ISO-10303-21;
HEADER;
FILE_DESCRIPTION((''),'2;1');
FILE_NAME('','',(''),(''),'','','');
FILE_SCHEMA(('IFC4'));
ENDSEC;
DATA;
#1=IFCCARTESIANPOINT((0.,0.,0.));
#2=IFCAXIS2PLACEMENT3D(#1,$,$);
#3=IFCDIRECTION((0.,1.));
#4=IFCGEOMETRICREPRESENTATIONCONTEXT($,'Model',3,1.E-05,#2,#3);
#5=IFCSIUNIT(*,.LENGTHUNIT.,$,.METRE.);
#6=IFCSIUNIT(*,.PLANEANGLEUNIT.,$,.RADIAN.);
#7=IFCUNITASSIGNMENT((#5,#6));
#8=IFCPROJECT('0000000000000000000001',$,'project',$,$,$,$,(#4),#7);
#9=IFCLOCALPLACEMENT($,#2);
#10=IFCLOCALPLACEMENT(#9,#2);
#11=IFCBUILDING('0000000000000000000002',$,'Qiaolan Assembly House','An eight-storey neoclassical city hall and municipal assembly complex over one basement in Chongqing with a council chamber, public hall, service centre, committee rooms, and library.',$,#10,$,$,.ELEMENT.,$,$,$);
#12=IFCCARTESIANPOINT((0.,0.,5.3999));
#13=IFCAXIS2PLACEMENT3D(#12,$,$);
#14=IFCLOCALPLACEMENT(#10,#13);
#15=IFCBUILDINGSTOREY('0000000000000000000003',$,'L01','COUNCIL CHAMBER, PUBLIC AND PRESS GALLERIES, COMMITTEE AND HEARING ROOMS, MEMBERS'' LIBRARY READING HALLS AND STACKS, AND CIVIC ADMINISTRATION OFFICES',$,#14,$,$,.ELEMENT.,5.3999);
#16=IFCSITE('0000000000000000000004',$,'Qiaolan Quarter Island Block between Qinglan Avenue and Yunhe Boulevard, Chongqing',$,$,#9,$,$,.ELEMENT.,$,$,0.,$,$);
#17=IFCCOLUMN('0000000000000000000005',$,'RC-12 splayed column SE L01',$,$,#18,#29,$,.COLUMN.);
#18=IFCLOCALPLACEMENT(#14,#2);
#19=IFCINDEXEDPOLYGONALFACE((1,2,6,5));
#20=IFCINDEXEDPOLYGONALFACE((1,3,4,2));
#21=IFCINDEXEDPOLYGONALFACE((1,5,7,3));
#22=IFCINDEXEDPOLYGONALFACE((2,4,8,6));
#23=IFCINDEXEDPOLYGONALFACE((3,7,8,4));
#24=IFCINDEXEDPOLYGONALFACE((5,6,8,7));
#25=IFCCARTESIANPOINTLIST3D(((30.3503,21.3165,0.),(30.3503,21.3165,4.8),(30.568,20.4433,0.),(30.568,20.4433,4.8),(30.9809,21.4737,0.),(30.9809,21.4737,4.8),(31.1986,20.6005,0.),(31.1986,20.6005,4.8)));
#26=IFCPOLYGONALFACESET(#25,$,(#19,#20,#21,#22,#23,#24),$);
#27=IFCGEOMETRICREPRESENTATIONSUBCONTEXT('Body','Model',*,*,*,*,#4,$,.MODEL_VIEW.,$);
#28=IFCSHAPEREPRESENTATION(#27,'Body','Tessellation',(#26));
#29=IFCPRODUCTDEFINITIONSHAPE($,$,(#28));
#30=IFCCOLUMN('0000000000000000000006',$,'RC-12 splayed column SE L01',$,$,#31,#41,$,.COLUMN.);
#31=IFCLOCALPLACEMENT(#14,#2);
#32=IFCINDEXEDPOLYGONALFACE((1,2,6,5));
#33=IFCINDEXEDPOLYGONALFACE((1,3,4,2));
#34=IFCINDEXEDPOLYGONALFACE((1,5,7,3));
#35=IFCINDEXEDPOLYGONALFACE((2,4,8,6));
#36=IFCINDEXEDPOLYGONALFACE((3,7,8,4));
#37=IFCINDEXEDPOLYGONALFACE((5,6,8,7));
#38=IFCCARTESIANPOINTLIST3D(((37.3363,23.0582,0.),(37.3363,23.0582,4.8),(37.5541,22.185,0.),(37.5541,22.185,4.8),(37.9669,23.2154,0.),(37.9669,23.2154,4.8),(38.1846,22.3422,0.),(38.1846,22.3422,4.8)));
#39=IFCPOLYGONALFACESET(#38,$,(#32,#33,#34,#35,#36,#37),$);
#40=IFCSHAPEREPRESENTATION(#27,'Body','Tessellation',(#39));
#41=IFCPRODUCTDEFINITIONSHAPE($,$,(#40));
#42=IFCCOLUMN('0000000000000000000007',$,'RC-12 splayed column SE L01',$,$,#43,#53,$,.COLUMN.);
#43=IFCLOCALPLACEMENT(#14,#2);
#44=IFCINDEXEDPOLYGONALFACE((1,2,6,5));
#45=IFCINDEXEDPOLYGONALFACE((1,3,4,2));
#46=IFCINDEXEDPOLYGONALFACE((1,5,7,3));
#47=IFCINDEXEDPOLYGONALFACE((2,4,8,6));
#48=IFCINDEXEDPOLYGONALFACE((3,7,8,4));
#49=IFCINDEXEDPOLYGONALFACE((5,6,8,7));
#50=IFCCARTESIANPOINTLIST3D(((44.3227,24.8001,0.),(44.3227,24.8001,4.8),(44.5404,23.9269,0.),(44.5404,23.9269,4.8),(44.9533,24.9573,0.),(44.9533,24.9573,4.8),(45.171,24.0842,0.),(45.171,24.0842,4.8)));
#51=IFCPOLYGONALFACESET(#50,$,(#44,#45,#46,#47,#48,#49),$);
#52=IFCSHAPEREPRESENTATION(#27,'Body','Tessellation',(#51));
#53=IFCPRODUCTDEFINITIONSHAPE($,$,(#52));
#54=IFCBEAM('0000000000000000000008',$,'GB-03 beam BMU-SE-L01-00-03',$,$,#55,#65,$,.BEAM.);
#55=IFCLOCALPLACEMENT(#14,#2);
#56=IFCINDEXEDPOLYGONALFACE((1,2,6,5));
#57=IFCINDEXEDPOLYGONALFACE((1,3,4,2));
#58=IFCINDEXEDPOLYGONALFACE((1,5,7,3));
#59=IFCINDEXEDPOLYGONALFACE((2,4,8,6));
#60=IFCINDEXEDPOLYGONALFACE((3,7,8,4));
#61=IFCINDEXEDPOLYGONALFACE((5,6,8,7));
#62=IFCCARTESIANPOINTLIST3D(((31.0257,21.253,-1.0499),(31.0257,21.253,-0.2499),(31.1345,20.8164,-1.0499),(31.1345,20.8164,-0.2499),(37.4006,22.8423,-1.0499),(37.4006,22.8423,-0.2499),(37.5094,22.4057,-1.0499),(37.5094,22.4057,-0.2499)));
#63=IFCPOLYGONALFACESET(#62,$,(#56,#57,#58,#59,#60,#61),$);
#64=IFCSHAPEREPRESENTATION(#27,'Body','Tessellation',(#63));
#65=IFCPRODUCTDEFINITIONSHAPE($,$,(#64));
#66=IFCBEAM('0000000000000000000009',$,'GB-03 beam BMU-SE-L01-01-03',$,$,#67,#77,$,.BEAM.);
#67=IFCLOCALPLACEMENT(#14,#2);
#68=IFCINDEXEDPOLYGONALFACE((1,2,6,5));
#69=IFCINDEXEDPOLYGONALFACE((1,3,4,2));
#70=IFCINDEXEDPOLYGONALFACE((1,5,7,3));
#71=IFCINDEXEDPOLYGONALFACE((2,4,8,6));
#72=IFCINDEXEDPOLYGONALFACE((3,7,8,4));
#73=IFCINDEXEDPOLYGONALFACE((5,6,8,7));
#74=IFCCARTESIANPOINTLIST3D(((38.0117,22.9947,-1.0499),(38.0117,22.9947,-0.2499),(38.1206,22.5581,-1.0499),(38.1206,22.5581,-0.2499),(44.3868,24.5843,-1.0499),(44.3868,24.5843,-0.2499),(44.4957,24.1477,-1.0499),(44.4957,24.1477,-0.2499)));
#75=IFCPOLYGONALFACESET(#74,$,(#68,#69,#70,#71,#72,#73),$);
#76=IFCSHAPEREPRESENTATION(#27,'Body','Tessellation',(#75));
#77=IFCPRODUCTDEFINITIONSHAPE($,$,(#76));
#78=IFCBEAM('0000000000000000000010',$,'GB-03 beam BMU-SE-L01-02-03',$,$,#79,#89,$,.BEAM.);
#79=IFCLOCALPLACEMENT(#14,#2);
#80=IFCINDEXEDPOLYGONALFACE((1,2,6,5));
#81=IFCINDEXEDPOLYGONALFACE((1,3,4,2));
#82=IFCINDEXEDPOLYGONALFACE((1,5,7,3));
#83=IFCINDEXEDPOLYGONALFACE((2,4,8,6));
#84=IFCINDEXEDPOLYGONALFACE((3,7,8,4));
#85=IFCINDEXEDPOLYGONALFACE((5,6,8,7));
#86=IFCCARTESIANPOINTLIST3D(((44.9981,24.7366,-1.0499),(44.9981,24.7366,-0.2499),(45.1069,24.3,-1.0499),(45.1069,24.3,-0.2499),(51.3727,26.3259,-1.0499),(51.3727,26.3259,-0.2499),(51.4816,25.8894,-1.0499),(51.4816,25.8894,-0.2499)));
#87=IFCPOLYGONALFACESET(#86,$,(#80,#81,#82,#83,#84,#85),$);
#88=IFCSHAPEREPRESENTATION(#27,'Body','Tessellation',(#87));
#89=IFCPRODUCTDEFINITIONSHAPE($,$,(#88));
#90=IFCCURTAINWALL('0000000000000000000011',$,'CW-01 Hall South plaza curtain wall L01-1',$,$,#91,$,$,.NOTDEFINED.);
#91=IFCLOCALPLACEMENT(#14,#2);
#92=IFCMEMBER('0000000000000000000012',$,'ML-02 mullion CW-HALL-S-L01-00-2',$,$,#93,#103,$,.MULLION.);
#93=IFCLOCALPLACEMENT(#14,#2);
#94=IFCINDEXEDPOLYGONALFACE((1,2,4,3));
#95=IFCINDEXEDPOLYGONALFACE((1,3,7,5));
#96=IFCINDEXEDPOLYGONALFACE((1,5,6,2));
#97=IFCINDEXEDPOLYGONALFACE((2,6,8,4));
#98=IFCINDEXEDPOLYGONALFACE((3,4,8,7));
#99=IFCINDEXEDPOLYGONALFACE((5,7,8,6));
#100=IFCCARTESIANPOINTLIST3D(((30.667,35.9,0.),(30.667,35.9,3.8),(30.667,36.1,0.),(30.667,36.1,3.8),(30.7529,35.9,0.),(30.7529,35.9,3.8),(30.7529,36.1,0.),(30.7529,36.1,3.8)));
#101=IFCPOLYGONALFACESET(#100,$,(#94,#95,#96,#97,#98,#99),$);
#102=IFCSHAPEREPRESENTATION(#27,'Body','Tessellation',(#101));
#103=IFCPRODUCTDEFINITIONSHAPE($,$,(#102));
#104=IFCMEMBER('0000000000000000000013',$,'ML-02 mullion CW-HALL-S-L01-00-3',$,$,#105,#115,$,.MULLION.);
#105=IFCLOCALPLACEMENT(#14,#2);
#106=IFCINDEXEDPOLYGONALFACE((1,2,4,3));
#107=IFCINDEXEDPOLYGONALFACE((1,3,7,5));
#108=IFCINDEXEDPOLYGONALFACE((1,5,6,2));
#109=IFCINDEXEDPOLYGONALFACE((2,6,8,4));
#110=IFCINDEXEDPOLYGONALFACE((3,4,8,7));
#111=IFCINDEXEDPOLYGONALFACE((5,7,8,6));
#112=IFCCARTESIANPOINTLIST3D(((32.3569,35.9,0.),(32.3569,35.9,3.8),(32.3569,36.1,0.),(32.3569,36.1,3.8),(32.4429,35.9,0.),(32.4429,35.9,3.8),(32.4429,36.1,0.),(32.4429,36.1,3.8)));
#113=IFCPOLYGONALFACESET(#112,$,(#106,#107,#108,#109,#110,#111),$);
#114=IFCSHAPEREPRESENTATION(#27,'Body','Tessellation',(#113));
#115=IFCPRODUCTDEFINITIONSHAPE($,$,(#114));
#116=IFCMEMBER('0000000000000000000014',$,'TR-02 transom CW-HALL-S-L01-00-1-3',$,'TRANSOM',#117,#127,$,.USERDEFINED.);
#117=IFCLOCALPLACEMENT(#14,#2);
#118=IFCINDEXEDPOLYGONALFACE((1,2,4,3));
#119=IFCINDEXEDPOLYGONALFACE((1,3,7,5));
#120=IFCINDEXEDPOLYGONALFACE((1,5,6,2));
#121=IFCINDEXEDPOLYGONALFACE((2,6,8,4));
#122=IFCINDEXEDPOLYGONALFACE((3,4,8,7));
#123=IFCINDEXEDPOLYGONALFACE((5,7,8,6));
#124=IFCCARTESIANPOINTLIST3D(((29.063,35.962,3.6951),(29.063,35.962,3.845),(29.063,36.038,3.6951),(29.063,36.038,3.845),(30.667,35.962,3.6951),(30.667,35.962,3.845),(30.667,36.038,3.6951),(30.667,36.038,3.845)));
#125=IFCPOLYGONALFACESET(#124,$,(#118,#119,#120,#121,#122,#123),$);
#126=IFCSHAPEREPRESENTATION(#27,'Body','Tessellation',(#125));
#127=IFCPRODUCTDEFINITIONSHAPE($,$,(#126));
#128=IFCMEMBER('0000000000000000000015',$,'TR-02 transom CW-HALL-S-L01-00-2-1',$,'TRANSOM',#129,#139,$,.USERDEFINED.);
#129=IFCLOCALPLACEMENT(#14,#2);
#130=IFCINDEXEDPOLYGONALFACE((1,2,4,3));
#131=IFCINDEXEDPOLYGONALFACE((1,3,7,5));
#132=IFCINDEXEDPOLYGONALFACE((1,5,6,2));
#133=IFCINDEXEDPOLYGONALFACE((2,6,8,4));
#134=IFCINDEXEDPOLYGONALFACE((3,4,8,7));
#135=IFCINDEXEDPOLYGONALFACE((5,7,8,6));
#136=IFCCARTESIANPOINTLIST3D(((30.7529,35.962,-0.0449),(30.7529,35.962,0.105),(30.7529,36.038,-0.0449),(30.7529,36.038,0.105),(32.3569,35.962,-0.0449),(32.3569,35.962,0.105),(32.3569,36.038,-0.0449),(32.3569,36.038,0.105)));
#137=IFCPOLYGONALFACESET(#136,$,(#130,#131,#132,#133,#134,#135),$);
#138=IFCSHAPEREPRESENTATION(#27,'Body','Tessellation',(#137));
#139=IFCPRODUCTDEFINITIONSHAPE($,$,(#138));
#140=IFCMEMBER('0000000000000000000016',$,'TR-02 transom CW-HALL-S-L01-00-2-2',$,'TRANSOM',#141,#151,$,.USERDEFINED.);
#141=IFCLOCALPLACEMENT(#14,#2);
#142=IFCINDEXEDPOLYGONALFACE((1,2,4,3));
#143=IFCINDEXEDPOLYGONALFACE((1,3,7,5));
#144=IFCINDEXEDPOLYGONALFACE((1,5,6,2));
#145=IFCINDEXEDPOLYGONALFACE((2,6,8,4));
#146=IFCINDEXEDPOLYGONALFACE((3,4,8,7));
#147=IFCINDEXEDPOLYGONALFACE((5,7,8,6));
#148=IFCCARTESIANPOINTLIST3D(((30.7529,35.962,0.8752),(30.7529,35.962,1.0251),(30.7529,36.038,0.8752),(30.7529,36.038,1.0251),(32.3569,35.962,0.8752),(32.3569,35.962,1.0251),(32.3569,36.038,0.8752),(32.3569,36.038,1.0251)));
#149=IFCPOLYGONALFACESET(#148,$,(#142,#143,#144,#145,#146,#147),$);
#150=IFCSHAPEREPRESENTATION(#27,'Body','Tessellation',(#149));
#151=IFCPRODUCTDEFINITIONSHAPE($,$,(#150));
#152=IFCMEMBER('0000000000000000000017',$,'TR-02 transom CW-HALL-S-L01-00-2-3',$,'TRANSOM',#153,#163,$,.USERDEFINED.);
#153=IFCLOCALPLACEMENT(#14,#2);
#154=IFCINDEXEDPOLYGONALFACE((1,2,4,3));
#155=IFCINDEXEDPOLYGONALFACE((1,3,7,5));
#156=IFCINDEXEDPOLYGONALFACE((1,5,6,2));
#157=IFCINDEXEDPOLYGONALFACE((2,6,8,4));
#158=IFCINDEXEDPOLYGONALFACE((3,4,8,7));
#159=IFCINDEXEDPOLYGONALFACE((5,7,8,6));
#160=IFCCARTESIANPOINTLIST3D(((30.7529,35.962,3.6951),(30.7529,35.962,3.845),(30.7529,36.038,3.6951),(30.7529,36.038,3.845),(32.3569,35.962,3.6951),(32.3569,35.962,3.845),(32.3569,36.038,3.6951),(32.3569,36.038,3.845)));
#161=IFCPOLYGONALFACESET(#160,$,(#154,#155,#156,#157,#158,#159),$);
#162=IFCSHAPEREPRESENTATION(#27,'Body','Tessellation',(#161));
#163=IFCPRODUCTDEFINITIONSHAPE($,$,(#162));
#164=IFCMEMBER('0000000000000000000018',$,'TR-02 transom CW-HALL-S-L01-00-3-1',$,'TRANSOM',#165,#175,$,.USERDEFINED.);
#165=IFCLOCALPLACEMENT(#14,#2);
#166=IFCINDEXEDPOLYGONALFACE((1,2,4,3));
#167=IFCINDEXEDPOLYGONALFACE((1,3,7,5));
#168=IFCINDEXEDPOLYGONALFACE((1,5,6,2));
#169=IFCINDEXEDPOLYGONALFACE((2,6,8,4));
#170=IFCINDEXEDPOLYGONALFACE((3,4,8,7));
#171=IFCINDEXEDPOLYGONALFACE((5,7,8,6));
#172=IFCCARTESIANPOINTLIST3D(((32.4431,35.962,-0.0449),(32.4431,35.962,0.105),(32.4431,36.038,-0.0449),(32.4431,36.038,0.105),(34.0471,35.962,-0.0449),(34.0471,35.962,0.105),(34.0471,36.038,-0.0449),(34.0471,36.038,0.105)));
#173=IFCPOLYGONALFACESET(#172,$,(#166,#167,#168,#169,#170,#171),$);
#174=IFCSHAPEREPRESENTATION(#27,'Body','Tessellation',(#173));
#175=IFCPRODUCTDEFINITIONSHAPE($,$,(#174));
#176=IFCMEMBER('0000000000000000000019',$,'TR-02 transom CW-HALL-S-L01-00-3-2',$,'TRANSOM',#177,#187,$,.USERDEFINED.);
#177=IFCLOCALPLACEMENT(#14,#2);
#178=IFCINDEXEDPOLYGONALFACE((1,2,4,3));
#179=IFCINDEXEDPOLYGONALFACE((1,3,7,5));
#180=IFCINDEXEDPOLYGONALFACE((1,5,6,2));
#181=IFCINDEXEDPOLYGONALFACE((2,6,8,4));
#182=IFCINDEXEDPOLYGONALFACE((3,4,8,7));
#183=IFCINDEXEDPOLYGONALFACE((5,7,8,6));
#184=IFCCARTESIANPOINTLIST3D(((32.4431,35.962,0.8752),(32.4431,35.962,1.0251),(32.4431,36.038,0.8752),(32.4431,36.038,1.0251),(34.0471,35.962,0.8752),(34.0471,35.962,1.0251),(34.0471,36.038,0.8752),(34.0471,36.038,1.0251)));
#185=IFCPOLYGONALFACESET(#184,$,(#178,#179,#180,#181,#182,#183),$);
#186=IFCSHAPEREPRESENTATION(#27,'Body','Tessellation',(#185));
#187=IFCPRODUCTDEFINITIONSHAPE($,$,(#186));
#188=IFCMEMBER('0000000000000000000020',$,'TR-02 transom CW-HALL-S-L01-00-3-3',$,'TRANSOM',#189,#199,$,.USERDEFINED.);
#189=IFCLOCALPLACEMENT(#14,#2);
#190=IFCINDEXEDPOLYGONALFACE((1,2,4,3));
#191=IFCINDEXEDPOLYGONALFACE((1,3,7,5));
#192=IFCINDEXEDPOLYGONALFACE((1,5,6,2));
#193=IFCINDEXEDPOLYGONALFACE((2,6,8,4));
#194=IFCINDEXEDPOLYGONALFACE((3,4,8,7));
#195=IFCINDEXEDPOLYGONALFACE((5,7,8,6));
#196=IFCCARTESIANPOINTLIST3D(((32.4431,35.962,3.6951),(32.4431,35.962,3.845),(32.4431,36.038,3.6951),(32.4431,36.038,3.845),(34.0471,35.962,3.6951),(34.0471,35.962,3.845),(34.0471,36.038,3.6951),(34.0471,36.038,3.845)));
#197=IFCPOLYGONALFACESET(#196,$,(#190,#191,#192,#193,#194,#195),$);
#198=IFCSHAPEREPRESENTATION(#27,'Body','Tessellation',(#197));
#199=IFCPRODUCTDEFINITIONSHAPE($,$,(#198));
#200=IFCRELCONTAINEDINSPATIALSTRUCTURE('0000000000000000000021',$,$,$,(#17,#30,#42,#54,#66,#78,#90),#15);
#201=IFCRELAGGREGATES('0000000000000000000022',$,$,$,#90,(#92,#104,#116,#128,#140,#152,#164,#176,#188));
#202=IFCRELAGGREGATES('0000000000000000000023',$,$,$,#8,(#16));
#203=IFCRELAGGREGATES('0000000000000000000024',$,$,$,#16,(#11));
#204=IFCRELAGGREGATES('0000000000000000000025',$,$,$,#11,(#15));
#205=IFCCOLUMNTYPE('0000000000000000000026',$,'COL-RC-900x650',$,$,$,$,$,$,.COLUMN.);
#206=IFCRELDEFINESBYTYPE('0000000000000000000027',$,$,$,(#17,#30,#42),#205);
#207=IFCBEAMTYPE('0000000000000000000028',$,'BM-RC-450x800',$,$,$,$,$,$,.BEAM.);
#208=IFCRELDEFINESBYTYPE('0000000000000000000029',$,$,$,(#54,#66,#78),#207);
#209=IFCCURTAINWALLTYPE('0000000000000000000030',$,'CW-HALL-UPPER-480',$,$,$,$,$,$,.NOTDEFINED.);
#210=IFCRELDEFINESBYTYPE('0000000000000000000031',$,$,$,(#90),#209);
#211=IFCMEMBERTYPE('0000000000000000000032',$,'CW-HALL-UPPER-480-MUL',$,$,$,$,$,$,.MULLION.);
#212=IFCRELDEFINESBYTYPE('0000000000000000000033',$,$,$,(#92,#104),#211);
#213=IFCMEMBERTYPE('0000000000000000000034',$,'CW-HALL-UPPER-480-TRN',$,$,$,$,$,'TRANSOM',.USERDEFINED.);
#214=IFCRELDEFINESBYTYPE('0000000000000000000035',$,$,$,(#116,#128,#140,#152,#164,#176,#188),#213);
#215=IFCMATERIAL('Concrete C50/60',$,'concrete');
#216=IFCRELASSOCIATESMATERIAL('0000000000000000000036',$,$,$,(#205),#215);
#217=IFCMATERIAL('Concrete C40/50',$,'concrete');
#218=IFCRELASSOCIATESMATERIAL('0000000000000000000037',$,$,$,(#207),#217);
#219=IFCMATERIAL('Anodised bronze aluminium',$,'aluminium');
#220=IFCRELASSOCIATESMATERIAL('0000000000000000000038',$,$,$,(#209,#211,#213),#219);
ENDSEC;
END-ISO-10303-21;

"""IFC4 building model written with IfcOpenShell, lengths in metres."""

from ifc_helpers import new_model, si_unit, direction, frame, origin, origin_2d, place, context, subcontext, project, spatial, rectangle, extrude, material, material_profile, profile_set, type_object, element, aggregate, save


model = new_model("IFC4")

# Units and contexts
model_context = context("Model", 3, precision=1e-05, world=origin(), true_north=direction((0.0, 1.0)))
body_context = subcontext(model_context, "Body", "Model", "MODEL_VIEW")
ifc_project = project(units=[si_unit("LENGTHUNIT", "METRE"), si_unit("PLANEANGLEUNIT", "RADIAN")], contexts=[model_context])

# Site, building, storey
site_placement = place(None, origin())
site = spatial("IfcSite", under=ifc_project, at=site_placement, Name="Qiaolan Quarter Island Block between Qinglan Avenue and Yunhe Boulevard, Chongqing", CompositionType="ELEMENT", RefElevation=0.0)
building_placement = place(site_placement, origin())
building = spatial("IfcBuilding", under=site, at=building_placement, Name="Qiaolan Assembly House", Description="An eight-storey neoclassical city hall and municipal assembly complex over one basement in Chongqing with a council chamber, public hall, service centre, committee rooms, and library.", CompositionType="ELEMENT")
storey_placement = place(building_placement, frame((0.0, 0.0, 5.3999)))
storey = spatial("IfcBuildingStorey", under=building, at=storey_placement, Name="L01", Description="COUNCIL CHAMBER, PUBLIC AND PRESS GALLERIES, COMMITTEE AND HEARING ROOMS, MEMBERS' LIBRARY READING HALLS AND STACKS, AND CIVIC ADMINISTRATION OFFICES", CompositionType="ELEMENT", Elevation=5.3999)

# Columns
ifc_material_1 = material(Name="Concrete C50/60", Category="concrete")
ifc_material_profile_1 = material_profile(ifc_material_1, rectangle(XDim=0.6499, YDim=0.8999, at=origin_2d()), Name="RC 900x650")
ifc_profile_set_1 = profile_set([ifc_material_profile_1], Name="Concrete C50/60")
column_type = type_object("IfcColumnType", Name="COL-RC-900x650", PredefinedType="COLUMN", material=ifc_profile_set_1)
for number, where, z_axis, x_axis, name in (
    (1, (30.7744, 20.9585, 0.0), (0.0, 0.0, 1.0), (0.970296, 0.241922, 0.0), "RC-12 splayed column SE L01"),
    (2, (37.7605, 22.7002, 0.0), (0.0, 0.0, 1.0), (0.970296, 0.241922, 0.0), "RC-12 splayed column SE L01"),
    (3, (44.7468, 24.4421, 0.0), (0.0, 0.0, 1.0), (0.970296, 0.241922, 0.0), "RC-12 splayed column SE L01"),
):
    element("IfcColumn", number, at=place(storey_placement, frame(where, z_axis=z_axis, x_axis=x_axis)), inside=storey, type_object=column_type, Name=name, PredefinedType="COLUMN", context=body_context, shape_type="SweptSolid", body=[
        extrude(rectangle(XDim=0.6499, YDim=0.8999, at=origin_2d()), origin(), (0.0, 0.0, 1.0), 4.8),
    ])

# Beams
ifc_material_2 = material(Name="Concrete C40/50", Category="concrete")
ifc_material_profile_2 = material_profile(ifc_material_2, rectangle(XDim=0.45, YDim=0.8, at=origin_2d()), Name="RCB 450x800")
ifc_profile_set_2 = profile_set([ifc_material_profile_2], Name="Concrete C40/50")
beam_type_1 = type_object("IfcBeamType", Name="BM-RC-450x800", PredefinedType="BEAM", material=ifc_profile_set_2)
beam_1_placement = place(storey_placement, frame((31.0801, 21.0347, -0.6499), z_axis=(0.9703, 0.241906, 0.0), x_axis=(-0.241906, 0.9703, 0.0)))
element("IfcBeam", 4, at=beam_1_placement, inside=storey, type_object=beam_type_1, Name="GB-03 beam BMU-SE-L01-00-03", PredefinedType="BEAM", context=body_context, shape_type="SweptSolid", body=[
    extrude(rectangle(XDim=0.45, YDim=0.8, at=origin_2d()), origin(), (0.0, 0.0, 1.0), 6.5701),
])
beam_2_placement = place(storey_placement, frame((38.0662, 22.7764, -0.6499), z_axis=(0.970291, 0.241941, 0.0), x_axis=(-0.241941, 0.970291, 0.0)))
element("IfcBeam", 5, at=beam_2_placement, inside=storey, type_object=beam_type_1, Name="GB-03 beam BMU-SE-L01-01-03", PredefinedType="BEAM", context=body_context, shape_type="SweptSolid", body=[
    extrude(rectangle(XDim=0.45, YDim=0.8, at=origin_2d()), origin(), (0.0, 0.0, 1.0), 6.5703),
])
beam_3_placement = place(storey_placement, frame((45.0525, 24.5183, -0.6499), z_axis=(0.970298, 0.241915, 0.0), x_axis=(-0.241915, 0.970298, 0.0)))
element("IfcBeam", 6, at=beam_3_placement, inside=storey, type_object=beam_type_1, Name="GB-03 beam BMU-SE-L01-02-03", PredefinedType="BEAM", context=body_context, shape_type="SweptSolid", body=[
    extrude(rectangle(XDim=0.45, YDim=0.8, at=origin_2d()), origin(), (0.0, 0.0, 1.0), 6.5698),
])

# Curtain wall, members
ifc_material_3 = material(Name="Anodised bronze aluminium", Category="aluminium")
curtain_wall_type = type_object("IfcCurtainWallType", Name="CW-HALL-UPPER-480", PredefinedType="NOTDEFINED", material=ifc_material_3)
curtain_wall_placement = place(storey_placement, origin())
curtain_wall = element("IfcCurtainWall", 7, at=curtain_wall_placement, inside=storey, type_object=curtain_wall_type, Name="CW-01 Hall South plaza curtain wall L01-1", PredefinedType="NOTDEFINED")
ifc_material_profile_3 = material_profile(ifc_material_3, rectangle(XDim=0.0859, YDim=0.2, at=origin_2d()), Name="MUL 86x200")
ifc_profile_set_3 = profile_set([ifc_material_profile_3], Name="Anodised bronze aluminium")
member_type_1 = type_object("IfcMemberType", Name="CW-HALL-UPPER-480-MUL", PredefinedType="MULLION", material=ifc_profile_set_3)
member_1_placement = place(storey_placement, frame((30.71, 36.0, 0.0), z_axis=(0.0, 0.0, 1.0), x_axis=(1.0, 0.0, 0.0)))
member_1 = element("IfcMember", 8, at=member_1_placement, type_object=member_type_1, Name="ML-02 mullion CW-HALL-S-L01-00-2", PredefinedType="MULLION", context=body_context, shape_type="SweptSolid", body=[
    extrude(rectangle(XDim=0.0859, YDim=0.2, at=origin_2d()), origin(), (0.0, 0.0, 1.0), 3.8),
])
member_2_placement = place(storey_placement, frame((32.3999, 36.0, 0.0), z_axis=(0.0, 0.0, 1.0), x_axis=(1.0, 0.0, 0.0)))
member_2 = element("IfcMember", 9, at=member_2_placement, type_object=member_type_1, Name="ML-02 mullion CW-HALL-S-L01-00-3", PredefinedType="MULLION", context=body_context, shape_type="SweptSolid", body=[
    extrude(rectangle(XDim=0.0859, YDim=0.2, at=origin_2d()), origin(), (0.0, 0.0, 1.0), 3.8),
])
ifc_material_profile_4 = material_profile(ifc_material_3, rectangle(XDim=0.0759, YDim=0.1499, at=origin_2d()), Name="TRN 76x150")
ifc_profile_set_4 = profile_set([ifc_material_profile_4], Name="Anodised bronze aluminium")
member_type_2 = type_object("IfcMemberType", Name="CW-HALL-UPPER-480-TRN", ElementType="TRANSOM", PredefinedType="USERDEFINED", material=ifc_profile_set_4)
member_3_placement = place(storey_placement, frame((29.063, 36.0, 3.77), z_axis=(1.0, 0.0, 0.0), x_axis=(0.0, 1.0, 0.0)))
member_3 = element("IfcMember", 10, at=member_3_placement, type_object=member_type_2, Name="TR-02 transom CW-HALL-S-L01-00-1-3", ObjectType="TRANSOM", PredefinedType="USERDEFINED", context=body_context, shape_type="SweptSolid", body=[
    extrude(rectangle(XDim=0.0759, YDim=0.1499, at=origin_2d()), origin(), (0.0, 0.0, 1.0), 1.604),
])
member_4_placement = place(storey_placement, frame((30.7529, 36.0, 0.03), z_axis=(1.0, 0.0, 0.0), x_axis=(0.0, 1.0, 0.0)))
member_4 = element("IfcMember", 11, at=member_4_placement, type_object=member_type_2, Name="TR-02 transom CW-HALL-S-L01-00-2-1", ObjectType="TRANSOM", PredefinedType="USERDEFINED", context=body_context, shape_type="SweptSolid", body=[
    extrude(rectangle(XDim=0.0759, YDim=0.1499, at=origin_2d()), origin(), (0.0, 0.0, 1.0), 1.604),
])
member_5_placement = place(storey_placement, frame((30.7529, 36.0, 0.9502), z_axis=(1.0, 0.0, 0.0), x_axis=(0.0, 1.0, 0.0)))
member_5 = element("IfcMember", 12, at=member_5_placement, type_object=member_type_2, Name="TR-02 transom CW-HALL-S-L01-00-2-2", ObjectType="TRANSOM", PredefinedType="USERDEFINED", context=body_context, shape_type="SweptSolid", body=[
    extrude(rectangle(XDim=0.0759, YDim=0.1499, at=origin_2d()), origin(), (0.0, 0.0, 1.0), 1.604),
])
member_6_placement = place(storey_placement, frame((30.7529, 36.0, 3.77), z_axis=(1.0, 0.0, 0.0), x_axis=(0.0, 1.0, 0.0)))
member_6 = element("IfcMember", 13, at=member_6_placement, type_object=member_type_2, Name="TR-02 transom CW-HALL-S-L01-00-2-3", ObjectType="TRANSOM", PredefinedType="USERDEFINED", context=body_context, shape_type="SweptSolid", body=[
    extrude(rectangle(XDim=0.0759, YDim=0.1499, at=origin_2d()), origin(), (0.0, 0.0, 1.0), 1.604),
])
member_7_placement = place(storey_placement, frame((32.4431, 36.0, 0.03), z_axis=(1.0, 0.0, 0.0), x_axis=(0.0, 1.0, 0.0)))
member_7 = element("IfcMember", 14, at=member_7_placement, type_object=member_type_2, Name="TR-02 transom CW-HALL-S-L01-00-3-1", ObjectType="TRANSOM", PredefinedType="USERDEFINED", context=body_context, shape_type="SweptSolid", body=[
    extrude(rectangle(XDim=0.0759, YDim=0.1499, at=origin_2d()), origin(), (0.0, 0.0, 1.0), 1.604),
])
member_8_placement = place(storey_placement, frame((32.4431, 36.0, 0.9502), z_axis=(1.0, 0.0, 0.0), x_axis=(0.0, 1.0, 0.0)))
member_8 = element("IfcMember", 15, at=member_8_placement, type_object=member_type_2, Name="TR-02 transom CW-HALL-S-L01-00-3-2", ObjectType="TRANSOM", PredefinedType="USERDEFINED", context=body_context, shape_type="SweptSolid", body=[
    extrude(rectangle(XDim=0.0759, YDim=0.1499, at=origin_2d()), origin(), (0.0, 0.0, 1.0), 1.604),
])
member_9_placement = place(storey_placement, frame((32.4431, 36.0, 3.77), z_axis=(1.0, 0.0, 0.0), x_axis=(0.0, 1.0, 0.0)))
member_9 = element("IfcMember", 16, at=member_9_placement, type_object=member_type_2, Name="TR-02 transom CW-HALL-S-L01-00-3-3", ObjectType="TRANSOM", PredefinedType="USERDEFINED", context=body_context, shape_type="SweptSolid", body=[
    extrude(rectangle(XDim=0.0759, YDim=0.1499, at=origin_2d()), origin(), (0.0, 0.0, 1.0), 1.604),
])

aggregate(curtain_wall, [member_1, member_2, member_3, member_4, member_5, member_6, member_7, member_8, member_9])

save(model, "model.ifc")
